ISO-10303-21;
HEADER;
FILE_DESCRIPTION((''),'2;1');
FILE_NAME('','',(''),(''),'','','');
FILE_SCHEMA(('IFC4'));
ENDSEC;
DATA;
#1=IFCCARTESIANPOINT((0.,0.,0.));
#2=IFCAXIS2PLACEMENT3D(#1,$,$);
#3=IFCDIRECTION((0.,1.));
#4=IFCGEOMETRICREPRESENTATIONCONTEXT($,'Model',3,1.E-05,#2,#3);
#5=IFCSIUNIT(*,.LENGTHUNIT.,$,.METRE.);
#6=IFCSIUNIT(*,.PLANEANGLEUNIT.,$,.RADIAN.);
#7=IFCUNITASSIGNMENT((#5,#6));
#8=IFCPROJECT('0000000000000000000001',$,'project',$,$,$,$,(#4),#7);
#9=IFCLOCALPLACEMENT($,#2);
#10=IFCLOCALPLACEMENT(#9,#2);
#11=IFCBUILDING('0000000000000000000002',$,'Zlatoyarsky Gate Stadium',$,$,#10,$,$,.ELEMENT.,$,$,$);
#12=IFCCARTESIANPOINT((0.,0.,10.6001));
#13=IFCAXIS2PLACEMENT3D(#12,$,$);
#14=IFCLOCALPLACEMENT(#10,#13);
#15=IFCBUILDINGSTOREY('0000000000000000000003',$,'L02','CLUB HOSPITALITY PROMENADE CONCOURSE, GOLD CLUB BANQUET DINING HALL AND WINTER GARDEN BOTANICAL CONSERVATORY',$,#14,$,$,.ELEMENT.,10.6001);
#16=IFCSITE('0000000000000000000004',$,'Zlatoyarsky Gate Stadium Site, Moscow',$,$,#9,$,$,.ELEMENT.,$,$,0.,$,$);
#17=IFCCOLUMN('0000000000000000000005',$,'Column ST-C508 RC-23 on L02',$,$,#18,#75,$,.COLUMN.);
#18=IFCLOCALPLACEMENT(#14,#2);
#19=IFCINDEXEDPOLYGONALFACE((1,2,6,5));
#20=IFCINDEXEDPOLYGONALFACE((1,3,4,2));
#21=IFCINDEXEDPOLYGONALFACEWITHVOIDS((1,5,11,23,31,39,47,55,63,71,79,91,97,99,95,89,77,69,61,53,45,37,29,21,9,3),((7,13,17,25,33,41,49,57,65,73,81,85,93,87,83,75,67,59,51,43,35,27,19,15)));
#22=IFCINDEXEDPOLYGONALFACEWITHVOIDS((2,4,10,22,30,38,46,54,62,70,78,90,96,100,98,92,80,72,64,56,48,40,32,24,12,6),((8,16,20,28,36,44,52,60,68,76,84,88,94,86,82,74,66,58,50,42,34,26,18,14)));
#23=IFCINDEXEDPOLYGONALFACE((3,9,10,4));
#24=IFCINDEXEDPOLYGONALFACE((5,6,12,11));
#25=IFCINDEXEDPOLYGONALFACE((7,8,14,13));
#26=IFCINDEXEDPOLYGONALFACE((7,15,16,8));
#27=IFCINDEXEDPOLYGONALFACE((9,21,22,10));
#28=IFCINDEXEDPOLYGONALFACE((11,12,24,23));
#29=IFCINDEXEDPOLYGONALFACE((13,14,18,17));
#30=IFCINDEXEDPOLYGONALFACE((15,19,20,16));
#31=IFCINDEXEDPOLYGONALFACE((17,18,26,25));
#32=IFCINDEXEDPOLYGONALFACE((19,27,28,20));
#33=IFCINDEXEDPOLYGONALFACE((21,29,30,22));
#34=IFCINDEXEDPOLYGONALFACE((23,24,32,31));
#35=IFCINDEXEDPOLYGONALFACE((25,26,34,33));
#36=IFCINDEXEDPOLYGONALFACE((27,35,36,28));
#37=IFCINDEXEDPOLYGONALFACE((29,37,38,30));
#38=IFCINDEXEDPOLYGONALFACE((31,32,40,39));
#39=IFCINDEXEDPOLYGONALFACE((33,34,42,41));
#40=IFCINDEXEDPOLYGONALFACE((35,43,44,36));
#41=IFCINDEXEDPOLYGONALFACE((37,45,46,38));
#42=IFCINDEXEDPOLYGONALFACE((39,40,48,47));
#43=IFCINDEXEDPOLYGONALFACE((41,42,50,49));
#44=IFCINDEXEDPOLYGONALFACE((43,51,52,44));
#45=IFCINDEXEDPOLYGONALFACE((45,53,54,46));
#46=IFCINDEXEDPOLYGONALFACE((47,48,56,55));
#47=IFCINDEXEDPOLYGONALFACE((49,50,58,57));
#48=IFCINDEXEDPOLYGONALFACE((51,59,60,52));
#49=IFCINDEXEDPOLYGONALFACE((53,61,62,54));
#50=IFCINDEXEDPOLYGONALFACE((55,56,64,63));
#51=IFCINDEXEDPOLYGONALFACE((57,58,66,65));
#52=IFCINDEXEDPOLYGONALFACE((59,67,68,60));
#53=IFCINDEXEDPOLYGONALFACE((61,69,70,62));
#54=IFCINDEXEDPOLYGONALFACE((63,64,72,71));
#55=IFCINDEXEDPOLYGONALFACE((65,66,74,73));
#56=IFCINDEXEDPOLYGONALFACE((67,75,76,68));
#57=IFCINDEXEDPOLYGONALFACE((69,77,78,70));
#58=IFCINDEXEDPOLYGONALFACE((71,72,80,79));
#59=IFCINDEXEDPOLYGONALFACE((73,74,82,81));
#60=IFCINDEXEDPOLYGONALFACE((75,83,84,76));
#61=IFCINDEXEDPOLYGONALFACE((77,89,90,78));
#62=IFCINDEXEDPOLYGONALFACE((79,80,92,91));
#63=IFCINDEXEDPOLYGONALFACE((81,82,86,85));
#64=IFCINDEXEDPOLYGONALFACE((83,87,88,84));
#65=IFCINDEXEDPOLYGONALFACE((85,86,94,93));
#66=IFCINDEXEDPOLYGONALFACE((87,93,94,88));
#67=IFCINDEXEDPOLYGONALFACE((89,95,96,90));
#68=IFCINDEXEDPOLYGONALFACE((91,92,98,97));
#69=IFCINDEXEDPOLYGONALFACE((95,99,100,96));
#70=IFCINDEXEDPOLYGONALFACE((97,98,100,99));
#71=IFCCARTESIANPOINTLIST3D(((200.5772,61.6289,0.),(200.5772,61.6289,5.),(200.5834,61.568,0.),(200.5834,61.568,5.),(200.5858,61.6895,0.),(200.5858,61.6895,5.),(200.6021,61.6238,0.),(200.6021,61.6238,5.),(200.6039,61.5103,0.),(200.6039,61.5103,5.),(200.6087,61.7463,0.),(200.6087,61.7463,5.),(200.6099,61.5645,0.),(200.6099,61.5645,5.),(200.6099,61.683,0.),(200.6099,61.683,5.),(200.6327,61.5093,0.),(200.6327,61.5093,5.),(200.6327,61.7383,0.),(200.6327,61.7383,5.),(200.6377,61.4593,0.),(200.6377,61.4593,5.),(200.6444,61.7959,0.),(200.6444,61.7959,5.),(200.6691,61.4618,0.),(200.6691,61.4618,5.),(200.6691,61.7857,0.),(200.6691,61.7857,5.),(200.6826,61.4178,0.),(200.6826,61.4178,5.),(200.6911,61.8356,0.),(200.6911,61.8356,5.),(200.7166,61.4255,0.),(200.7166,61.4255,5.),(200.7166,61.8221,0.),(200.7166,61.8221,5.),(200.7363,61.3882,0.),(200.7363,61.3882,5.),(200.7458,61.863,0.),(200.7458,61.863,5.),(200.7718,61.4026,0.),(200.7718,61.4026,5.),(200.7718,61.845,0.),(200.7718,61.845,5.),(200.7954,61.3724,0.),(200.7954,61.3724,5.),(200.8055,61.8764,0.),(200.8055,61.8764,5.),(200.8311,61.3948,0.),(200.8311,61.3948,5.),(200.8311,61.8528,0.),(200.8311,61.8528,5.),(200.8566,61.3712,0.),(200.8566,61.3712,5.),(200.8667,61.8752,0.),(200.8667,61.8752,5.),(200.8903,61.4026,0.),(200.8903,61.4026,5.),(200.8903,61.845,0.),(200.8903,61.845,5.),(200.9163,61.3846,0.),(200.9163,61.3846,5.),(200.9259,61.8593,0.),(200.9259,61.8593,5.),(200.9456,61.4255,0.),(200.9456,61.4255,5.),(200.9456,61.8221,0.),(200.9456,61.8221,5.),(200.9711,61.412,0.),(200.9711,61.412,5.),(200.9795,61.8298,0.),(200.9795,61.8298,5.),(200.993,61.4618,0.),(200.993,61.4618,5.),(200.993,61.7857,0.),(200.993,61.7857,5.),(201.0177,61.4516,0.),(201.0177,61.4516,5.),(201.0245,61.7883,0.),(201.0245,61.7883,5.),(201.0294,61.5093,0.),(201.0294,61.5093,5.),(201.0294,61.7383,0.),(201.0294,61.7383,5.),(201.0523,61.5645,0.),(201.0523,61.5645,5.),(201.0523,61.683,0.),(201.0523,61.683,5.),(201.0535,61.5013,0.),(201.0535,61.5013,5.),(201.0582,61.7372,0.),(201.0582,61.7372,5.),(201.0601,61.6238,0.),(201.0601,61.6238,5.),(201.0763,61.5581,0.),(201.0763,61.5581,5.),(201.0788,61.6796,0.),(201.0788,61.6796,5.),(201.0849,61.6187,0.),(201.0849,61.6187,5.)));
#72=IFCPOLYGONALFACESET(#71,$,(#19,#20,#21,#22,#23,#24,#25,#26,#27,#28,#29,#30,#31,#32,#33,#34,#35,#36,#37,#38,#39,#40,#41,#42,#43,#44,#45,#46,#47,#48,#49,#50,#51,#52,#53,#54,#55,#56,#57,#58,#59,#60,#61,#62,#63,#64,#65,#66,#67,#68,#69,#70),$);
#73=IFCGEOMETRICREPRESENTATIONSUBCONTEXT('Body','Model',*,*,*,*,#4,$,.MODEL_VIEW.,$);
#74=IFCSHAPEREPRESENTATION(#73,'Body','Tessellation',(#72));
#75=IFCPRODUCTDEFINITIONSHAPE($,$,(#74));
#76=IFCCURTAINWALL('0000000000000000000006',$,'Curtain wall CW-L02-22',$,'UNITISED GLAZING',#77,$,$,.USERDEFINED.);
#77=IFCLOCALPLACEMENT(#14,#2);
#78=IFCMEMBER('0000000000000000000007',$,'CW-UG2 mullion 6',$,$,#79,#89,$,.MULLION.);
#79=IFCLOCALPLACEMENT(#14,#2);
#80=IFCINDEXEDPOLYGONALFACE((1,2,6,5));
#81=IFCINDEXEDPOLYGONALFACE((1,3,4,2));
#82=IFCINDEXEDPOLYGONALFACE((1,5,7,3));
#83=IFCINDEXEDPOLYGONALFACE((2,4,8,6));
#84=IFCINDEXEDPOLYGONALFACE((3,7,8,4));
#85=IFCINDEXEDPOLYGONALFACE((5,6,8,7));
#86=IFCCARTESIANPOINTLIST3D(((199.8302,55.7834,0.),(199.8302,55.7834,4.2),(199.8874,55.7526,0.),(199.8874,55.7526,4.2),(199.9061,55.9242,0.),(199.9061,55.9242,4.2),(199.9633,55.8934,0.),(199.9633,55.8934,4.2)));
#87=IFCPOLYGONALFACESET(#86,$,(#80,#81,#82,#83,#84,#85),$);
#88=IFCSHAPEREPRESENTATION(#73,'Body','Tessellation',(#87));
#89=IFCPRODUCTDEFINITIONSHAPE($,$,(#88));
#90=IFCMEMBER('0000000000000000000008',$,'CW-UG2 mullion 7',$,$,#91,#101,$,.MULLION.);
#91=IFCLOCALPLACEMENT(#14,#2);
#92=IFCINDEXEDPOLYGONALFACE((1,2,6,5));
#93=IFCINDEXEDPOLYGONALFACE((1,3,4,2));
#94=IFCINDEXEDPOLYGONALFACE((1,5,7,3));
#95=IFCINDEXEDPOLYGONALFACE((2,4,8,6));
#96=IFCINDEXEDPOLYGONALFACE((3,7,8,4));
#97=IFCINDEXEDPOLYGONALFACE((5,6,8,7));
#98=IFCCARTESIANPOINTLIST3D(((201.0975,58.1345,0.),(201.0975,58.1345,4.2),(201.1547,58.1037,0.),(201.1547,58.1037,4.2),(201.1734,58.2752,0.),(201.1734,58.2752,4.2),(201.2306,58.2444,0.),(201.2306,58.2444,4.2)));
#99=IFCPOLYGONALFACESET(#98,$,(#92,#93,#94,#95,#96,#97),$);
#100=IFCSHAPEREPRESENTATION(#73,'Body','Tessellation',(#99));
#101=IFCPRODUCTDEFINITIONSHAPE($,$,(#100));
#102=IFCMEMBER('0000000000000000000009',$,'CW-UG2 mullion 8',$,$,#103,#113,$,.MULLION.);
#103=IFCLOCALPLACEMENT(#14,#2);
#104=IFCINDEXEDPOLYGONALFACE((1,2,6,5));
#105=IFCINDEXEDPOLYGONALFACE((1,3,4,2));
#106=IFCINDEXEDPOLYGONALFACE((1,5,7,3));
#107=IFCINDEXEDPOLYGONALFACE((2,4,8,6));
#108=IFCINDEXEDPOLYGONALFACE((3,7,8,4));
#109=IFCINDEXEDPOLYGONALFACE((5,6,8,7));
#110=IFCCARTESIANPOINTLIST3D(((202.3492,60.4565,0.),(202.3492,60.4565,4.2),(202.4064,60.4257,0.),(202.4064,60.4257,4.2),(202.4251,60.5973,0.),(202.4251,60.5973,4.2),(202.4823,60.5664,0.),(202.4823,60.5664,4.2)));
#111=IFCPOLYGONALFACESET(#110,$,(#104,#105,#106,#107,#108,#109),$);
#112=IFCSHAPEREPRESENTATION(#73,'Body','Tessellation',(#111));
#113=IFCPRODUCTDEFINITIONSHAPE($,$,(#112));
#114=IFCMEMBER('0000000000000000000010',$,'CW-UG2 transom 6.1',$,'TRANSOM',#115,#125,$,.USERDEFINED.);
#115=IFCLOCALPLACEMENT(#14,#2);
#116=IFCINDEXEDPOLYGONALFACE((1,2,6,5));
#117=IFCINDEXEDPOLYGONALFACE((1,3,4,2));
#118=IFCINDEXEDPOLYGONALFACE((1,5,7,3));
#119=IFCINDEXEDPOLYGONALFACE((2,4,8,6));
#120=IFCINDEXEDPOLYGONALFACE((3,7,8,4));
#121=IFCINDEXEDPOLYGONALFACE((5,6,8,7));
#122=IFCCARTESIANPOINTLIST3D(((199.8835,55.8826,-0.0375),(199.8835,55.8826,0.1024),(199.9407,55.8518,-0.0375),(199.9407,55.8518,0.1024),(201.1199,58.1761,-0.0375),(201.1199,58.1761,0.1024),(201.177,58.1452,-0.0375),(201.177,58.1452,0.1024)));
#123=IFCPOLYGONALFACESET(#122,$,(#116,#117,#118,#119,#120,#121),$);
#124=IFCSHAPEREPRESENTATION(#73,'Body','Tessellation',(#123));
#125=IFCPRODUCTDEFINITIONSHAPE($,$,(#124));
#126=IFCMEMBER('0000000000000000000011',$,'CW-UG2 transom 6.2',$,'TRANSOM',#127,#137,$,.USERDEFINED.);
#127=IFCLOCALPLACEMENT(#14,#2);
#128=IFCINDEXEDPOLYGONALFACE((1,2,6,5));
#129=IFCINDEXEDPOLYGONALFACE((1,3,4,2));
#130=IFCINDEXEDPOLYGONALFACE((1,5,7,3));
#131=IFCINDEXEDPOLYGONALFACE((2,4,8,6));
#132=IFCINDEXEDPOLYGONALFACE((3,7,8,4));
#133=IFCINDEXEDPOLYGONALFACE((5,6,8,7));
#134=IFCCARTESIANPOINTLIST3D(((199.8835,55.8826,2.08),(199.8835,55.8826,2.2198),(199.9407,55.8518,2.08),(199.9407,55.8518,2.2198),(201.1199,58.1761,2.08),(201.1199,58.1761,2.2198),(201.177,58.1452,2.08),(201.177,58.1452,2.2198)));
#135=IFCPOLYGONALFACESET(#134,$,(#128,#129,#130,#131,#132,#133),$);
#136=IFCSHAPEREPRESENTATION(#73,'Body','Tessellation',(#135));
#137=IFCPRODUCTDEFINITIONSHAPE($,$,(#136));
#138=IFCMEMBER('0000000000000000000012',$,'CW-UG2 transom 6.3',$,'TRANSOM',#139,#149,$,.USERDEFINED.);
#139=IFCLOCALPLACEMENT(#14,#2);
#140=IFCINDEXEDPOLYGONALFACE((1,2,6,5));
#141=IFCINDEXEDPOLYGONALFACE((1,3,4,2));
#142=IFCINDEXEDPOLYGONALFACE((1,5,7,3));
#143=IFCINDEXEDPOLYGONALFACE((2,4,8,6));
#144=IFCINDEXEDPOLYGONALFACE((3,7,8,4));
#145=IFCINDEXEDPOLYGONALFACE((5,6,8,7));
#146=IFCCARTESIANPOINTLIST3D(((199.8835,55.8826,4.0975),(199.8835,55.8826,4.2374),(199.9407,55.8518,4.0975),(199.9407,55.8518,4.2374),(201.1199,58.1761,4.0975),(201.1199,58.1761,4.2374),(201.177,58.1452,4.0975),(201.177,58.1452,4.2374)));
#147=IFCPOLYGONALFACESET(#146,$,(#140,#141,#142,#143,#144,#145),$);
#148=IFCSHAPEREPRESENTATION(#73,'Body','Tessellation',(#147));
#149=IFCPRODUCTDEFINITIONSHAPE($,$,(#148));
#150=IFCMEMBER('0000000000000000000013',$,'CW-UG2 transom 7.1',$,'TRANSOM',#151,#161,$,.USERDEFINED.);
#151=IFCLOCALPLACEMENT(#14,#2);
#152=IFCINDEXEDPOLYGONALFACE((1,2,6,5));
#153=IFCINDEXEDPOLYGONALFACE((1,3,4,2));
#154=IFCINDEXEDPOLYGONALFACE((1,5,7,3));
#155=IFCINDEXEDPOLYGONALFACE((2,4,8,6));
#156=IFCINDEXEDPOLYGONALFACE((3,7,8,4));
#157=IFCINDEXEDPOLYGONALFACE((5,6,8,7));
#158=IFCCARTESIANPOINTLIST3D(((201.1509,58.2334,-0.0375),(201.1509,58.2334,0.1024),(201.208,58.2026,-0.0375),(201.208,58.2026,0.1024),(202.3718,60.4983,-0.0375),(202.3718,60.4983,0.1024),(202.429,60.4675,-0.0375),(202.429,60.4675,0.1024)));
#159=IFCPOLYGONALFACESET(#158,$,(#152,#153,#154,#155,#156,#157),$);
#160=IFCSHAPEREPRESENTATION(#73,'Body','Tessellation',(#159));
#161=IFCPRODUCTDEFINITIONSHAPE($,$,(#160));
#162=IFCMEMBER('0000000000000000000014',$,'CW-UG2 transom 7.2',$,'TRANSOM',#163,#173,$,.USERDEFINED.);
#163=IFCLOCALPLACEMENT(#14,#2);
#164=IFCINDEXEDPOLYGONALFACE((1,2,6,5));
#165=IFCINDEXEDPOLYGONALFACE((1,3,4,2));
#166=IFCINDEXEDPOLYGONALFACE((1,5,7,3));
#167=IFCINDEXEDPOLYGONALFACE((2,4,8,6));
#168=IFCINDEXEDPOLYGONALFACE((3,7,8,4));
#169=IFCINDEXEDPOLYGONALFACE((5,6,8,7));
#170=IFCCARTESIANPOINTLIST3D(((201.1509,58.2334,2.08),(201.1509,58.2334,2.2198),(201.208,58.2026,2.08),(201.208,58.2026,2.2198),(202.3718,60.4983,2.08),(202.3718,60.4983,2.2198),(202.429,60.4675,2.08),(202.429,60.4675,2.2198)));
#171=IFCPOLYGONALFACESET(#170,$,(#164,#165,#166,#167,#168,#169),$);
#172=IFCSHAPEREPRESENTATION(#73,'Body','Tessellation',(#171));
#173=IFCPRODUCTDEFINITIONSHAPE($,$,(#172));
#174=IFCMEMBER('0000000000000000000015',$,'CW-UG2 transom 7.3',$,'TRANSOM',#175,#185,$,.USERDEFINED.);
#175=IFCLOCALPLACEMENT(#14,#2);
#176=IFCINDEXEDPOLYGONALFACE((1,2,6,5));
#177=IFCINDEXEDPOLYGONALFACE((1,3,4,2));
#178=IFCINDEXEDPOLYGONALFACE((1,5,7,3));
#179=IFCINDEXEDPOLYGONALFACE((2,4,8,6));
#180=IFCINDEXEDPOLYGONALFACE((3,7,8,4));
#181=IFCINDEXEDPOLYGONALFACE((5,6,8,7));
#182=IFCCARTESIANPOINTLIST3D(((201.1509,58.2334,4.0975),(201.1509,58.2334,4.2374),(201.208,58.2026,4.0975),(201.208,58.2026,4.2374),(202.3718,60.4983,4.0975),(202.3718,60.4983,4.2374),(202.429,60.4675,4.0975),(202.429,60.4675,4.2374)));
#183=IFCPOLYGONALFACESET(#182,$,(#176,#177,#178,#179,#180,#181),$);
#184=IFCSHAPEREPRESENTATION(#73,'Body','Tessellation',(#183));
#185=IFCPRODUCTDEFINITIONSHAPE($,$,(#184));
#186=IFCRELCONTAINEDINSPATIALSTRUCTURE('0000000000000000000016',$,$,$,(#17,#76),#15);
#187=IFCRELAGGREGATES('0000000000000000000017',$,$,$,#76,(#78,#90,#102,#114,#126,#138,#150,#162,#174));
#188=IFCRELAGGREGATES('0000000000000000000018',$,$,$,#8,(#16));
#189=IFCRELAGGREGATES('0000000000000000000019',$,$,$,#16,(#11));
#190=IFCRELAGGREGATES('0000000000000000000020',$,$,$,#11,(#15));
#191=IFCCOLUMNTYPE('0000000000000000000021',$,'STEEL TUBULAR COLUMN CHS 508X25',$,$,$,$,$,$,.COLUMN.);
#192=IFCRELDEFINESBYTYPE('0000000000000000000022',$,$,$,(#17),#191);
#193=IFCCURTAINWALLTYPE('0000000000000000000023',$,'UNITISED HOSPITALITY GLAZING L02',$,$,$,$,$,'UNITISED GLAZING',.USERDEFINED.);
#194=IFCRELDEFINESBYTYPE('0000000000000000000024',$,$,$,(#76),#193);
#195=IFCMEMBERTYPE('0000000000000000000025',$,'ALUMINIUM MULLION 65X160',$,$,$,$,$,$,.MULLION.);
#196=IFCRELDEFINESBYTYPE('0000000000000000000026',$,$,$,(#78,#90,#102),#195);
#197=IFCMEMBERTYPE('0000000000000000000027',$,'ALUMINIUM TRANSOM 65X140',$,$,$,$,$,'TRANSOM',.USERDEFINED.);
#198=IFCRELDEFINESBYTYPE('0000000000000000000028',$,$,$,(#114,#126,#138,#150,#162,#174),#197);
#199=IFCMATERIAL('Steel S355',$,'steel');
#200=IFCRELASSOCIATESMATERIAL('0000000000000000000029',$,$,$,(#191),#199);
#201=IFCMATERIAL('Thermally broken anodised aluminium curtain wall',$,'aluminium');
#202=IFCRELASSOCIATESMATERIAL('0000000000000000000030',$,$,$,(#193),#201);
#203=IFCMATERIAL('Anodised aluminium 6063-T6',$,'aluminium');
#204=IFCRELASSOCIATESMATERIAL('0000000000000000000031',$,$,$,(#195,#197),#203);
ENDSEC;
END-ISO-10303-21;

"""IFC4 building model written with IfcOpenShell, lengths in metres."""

from ifc_helpers import new_model, si_unit, direction, frame, origin, origin_2d, place, context, subcontext, project, spatial, rectangle, hollow_circle, extrude, material, material_profile, profile_set, type_object, element, aggregate, save


model = new_model("IFC4")

# Units and contexts
model_context = context("Model", 3, precision=1e-05, world=origin(), true_north=direction((0.0, 1.0)))
body_context = subcontext(model_context, "Body", "Model", "MODEL_VIEW")
ifc_project = project(units=[si_unit("LENGTHUNIT", "METRE"), si_unit("PLANEANGLEUNIT", "RADIAN")], contexts=[model_context])

# Site, building, storey
site_placement = place(None, origin())
site = spatial("IfcSite", under=ifc_project, at=site_placement, Name="Zlatoyarsky Gate Stadium Site, Moscow", CompositionType="ELEMENT", RefElevation=0.0)
building_placement = place(site_placement, origin())
building = spatial("IfcBuilding", under=site, at=building_placement, Name="Zlatoyarsky Gate Stadium", CompositionType="ELEMENT")
storey_placement = place(building_placement, frame((0.0, 0.0, 10.6001)))
storey = spatial("IfcBuildingStorey", under=building, at=storey_placement, Name="L02", Description="CLUB HOSPITALITY PROMENADE CONCOURSE, GOLD CLUB BANQUET DINING HALL AND WINTER GARDEN BOTANICAL CONSERVATORY", CompositionType="ELEMENT", Elevation=10.6001)

# Column
ifc_material_1 = material(Name="Steel S355", Category="steel")
ifc_material_profile_1 = material_profile(ifc_material_1, hollow_circle(Radius=0.2539, WallThickness=0.0249, at=origin_2d()), Name="CHS 508X25")
ifc_profile_set_1 = profile_set([ifc_material_profile_1], Name="Steel S355")
column_type = type_object("IfcColumnType", Name="STEEL TUBULAR COLUMN CHS 508X25", PredefinedType="COLUMN", material=ifc_profile_set_1)
column_placement = place(storey_placement, frame((200.8311, 61.6238, 0.0), z_axis=(0.0, 0.0, 1.0), x_axis=(0.965926, -0.258819, 0.0)))
element("IfcColumn", 1, at=column_placement, inside=storey, type_object=column_type, Name="Column ST-C508 RC-23 on L02", PredefinedType="COLUMN", context=body_context, shape_type="SweptSolid", body=[
    extrude(hollow_circle(Radius=0.2539, WallThickness=0.0249, at=origin_2d()), origin(), (0.0, 0.0, 1.0), 5.0),
])

# Curtain wall, members
ifc_material_2 = material(Name="Thermally broken anodised aluminium curtain wall", Category="aluminium")
curtain_wall_type = type_object("IfcCurtainWallType", Name="UNITISED HOSPITALITY GLAZING L02", ElementType="UNITISED GLAZING", PredefinedType="USERDEFINED", material=ifc_material_2)
curtain_wall_placement = place(storey_placement, origin())
curtain_wall = element("IfcCurtainWall", 2, at=curtain_wall_placement, inside=storey, type_object=curtain_wall_type, Name="Curtain wall CW-L02-22", ObjectType="UNITISED GLAZING", PredefinedType="USERDEFINED")
ifc_material_3 = material(Name="Anodised aluminium 6063-T6", Category="aluminium")
ifc_material_profile_2 = material_profile(ifc_material_3, rectangle(XDim=0.0649, YDim=0.1599, at=origin_2d()), Name="ALU 65X160")
ifc_profile_set_2 = profile_set([ifc_material_profile_2], Name="Anodised aluminium 6063-T6")
member_type_1 = type_object("IfcMemberType", Name="ALUMINIUM MULLION 65X160", PredefinedType="MULLION", material=ifc_profile_set_2)
member_1_placement = place(storey_placement, frame((199.8967, 55.8384, 0.0), z_axis=(0.0, 0.0, 1.0), x_axis=(-0.880237, 0.474534, 0.0)))
member_1 = element("IfcMember", 3, at=member_1_placement, type_object=member_type_1, Name="CW-UG2 mullion 6", PredefinedType="MULLION", context=body_context, shape_type="SweptSolid", body=[
    extrude(rectangle(XDim=0.0649, YDim=0.1599, at=origin_2d()), origin(), (0.0, 0.0, 1.0), 4.2),
])
member_2_placement = place(storey_placement, frame((201.1641, 58.1895, 0.0), z_axis=(0.0, 0.0, 1.0), x_axis=(-0.880237, 0.474534, 0.0)))
member_2 = element("IfcMember", 4, at=member_2_placement, type_object=member_type_1, Name="CW-UG2 mullion 7", PredefinedType="MULLION", context=body_context, shape_type="SweptSolid", body=[
    extrude(rectangle(XDim=0.0649, YDim=0.1599, at=origin_2d()), origin(), (0.0, 0.0, 1.0), 4.2),
])
member_3_placement = place(storey_placement, frame((202.4158, 60.5115, 0.0), z_axis=(0.0, 0.0, 1.0), x_axis=(-0.880237, 0.474534, 0.0)))
member_3 = element("IfcMember", 5, at=member_3_placement, type_object=member_type_1, Name="CW-UG2 mullion 8", PredefinedType="MULLION", context=body_context, shape_type="SweptSolid", body=[
    extrude(rectangle(XDim=0.0649, YDim=0.1599, at=origin_2d()), origin(), (0.0, 0.0, 1.0), 4.2),
])
ifc_material_profile_3 = material_profile(ifc_material_3, rectangle(XDim=0.0649, YDim=0.1399, at=origin_2d()), Name="ALU 65X140")
ifc_profile_set_3 = profile_set([ifc_material_profile_3], Name="Anodised aluminium 6063-T6")
member_type_2 = type_object("IfcMemberType", Name="ALUMINIUM TRANSOM 65X140", ElementType="TRANSOM", PredefinedType="USERDEFINED", material=ifc_profile_set_3)
member_4_placement = place(storey_placement, frame((199.9121, 55.8672, 0.0325), z_axis=(0.474513, 0.880248, 0.0), x_axis=(-0.880248, 0.474513, 0.0)))
member_4 = element("IfcMember", 6, at=member_4_placement, type_object=member_type_2, Name="CW-UG2 transom 6.1", ObjectType="TRANSOM", PredefinedType="USERDEFINED", context=body_context, shape_type="SweptSolid", body=[
    extrude(rectangle(XDim=0.0649, YDim=0.1399, at=origin_2d()), origin(), (0.0, 0.0, 1.0), 2.6055),
])
member_5_placement = place(storey_placement, frame((199.9121, 55.8672, 2.1499), z_axis=(0.474513, 0.880248, 0.0), x_axis=(-0.880248, 0.474513, 0.0)))
member_5 = element("IfcMember", 7, at=member_5_placement, type_object=member_type_2, Name="CW-UG2 transom 6.2", ObjectType="TRANSOM", PredefinedType="USERDEFINED", context=body_context, shape_type="SweptSolid", body=[
    extrude(rectangle(XDim=0.0649, YDim=0.1399, at=origin_2d()), origin(), (0.0, 0.0, 1.0), 2.6055),
])
member_6_placement = place(storey_placement, frame((199.9121, 55.8672, 4.1675), z_axis=(0.474513, 0.880248, 0.0), x_axis=(-0.880248, 0.474513, 0.0)))
member_6 = element("IfcMember", 8, at=member_6_placement, type_object=member_type_2, Name="CW-UG2 transom 6.3", ObjectType="TRANSOM", PredefinedType="USERDEFINED", context=body_context, shape_type="SweptSolid", body=[
    extrude(rectangle(XDim=0.0649, YDim=0.1399, at=origin_2d()), origin(), (0.0, 0.0, 1.0), 2.6055),
])
member_7_placement = place(storey_placement, frame((201.1794, 58.218, 0.0325), z_axis=(0.474518, 0.880246, 0.0), x_axis=(-0.880246, 0.474518, 0.0)))
member_7 = element("IfcMember", 9, at=member_7_placement, type_object=member_type_2, Name="CW-UG2 transom 7.1", ObjectType="TRANSOM", PredefinedType="USERDEFINED", context=body_context, shape_type="SweptSolid", body=[
    extrude(rectangle(XDim=0.0649, YDim=0.1399, at=origin_2d()), origin(), (0.0, 0.0, 1.0), 2.573),
])
member_8_placement = place(storey_placement, frame((201.1794, 58.218, 2.1499), z_axis=(0.474518, 0.880246, 0.0), x_axis=(-0.880246, 0.474518, 0.0)))
member_8 = element("IfcMember", 10, at=member_8_placement, type_object=member_type_2, Name="CW-UG2 transom 7.2", ObjectType="TRANSOM", PredefinedType="USERDEFINED", context=body_context, shape_type="SweptSolid", body=[
    extrude(rectangle(XDim=0.0649, YDim=0.1399, at=origin_2d()), origin(), (0.0, 0.0, 1.0), 2.573),
])
member_9_placement = place(storey_placement, frame((201.1794, 58.218, 4.1675), z_axis=(0.474518, 0.880246, 0.0), x_axis=(-0.880246, 0.474518, 0.0)))
member_9 = element("IfcMember", 11, at=member_9_placement, type_object=member_type_2, Name="CW-UG2 transom 7.3", ObjectType="TRANSOM", PredefinedType="USERDEFINED", context=body_context, shape_type="SweptSolid", body=[
    extrude(rectangle(XDim=0.0649, YDim=0.1399, at=origin_2d()), origin(), (0.0, 0.0, 1.0), 2.573),
])

aggregate(curtain_wall, [member_1, member_2, member_3, member_4, member_5, member_6, member_7, member_8, member_9])

save(model, "model.ifc")
